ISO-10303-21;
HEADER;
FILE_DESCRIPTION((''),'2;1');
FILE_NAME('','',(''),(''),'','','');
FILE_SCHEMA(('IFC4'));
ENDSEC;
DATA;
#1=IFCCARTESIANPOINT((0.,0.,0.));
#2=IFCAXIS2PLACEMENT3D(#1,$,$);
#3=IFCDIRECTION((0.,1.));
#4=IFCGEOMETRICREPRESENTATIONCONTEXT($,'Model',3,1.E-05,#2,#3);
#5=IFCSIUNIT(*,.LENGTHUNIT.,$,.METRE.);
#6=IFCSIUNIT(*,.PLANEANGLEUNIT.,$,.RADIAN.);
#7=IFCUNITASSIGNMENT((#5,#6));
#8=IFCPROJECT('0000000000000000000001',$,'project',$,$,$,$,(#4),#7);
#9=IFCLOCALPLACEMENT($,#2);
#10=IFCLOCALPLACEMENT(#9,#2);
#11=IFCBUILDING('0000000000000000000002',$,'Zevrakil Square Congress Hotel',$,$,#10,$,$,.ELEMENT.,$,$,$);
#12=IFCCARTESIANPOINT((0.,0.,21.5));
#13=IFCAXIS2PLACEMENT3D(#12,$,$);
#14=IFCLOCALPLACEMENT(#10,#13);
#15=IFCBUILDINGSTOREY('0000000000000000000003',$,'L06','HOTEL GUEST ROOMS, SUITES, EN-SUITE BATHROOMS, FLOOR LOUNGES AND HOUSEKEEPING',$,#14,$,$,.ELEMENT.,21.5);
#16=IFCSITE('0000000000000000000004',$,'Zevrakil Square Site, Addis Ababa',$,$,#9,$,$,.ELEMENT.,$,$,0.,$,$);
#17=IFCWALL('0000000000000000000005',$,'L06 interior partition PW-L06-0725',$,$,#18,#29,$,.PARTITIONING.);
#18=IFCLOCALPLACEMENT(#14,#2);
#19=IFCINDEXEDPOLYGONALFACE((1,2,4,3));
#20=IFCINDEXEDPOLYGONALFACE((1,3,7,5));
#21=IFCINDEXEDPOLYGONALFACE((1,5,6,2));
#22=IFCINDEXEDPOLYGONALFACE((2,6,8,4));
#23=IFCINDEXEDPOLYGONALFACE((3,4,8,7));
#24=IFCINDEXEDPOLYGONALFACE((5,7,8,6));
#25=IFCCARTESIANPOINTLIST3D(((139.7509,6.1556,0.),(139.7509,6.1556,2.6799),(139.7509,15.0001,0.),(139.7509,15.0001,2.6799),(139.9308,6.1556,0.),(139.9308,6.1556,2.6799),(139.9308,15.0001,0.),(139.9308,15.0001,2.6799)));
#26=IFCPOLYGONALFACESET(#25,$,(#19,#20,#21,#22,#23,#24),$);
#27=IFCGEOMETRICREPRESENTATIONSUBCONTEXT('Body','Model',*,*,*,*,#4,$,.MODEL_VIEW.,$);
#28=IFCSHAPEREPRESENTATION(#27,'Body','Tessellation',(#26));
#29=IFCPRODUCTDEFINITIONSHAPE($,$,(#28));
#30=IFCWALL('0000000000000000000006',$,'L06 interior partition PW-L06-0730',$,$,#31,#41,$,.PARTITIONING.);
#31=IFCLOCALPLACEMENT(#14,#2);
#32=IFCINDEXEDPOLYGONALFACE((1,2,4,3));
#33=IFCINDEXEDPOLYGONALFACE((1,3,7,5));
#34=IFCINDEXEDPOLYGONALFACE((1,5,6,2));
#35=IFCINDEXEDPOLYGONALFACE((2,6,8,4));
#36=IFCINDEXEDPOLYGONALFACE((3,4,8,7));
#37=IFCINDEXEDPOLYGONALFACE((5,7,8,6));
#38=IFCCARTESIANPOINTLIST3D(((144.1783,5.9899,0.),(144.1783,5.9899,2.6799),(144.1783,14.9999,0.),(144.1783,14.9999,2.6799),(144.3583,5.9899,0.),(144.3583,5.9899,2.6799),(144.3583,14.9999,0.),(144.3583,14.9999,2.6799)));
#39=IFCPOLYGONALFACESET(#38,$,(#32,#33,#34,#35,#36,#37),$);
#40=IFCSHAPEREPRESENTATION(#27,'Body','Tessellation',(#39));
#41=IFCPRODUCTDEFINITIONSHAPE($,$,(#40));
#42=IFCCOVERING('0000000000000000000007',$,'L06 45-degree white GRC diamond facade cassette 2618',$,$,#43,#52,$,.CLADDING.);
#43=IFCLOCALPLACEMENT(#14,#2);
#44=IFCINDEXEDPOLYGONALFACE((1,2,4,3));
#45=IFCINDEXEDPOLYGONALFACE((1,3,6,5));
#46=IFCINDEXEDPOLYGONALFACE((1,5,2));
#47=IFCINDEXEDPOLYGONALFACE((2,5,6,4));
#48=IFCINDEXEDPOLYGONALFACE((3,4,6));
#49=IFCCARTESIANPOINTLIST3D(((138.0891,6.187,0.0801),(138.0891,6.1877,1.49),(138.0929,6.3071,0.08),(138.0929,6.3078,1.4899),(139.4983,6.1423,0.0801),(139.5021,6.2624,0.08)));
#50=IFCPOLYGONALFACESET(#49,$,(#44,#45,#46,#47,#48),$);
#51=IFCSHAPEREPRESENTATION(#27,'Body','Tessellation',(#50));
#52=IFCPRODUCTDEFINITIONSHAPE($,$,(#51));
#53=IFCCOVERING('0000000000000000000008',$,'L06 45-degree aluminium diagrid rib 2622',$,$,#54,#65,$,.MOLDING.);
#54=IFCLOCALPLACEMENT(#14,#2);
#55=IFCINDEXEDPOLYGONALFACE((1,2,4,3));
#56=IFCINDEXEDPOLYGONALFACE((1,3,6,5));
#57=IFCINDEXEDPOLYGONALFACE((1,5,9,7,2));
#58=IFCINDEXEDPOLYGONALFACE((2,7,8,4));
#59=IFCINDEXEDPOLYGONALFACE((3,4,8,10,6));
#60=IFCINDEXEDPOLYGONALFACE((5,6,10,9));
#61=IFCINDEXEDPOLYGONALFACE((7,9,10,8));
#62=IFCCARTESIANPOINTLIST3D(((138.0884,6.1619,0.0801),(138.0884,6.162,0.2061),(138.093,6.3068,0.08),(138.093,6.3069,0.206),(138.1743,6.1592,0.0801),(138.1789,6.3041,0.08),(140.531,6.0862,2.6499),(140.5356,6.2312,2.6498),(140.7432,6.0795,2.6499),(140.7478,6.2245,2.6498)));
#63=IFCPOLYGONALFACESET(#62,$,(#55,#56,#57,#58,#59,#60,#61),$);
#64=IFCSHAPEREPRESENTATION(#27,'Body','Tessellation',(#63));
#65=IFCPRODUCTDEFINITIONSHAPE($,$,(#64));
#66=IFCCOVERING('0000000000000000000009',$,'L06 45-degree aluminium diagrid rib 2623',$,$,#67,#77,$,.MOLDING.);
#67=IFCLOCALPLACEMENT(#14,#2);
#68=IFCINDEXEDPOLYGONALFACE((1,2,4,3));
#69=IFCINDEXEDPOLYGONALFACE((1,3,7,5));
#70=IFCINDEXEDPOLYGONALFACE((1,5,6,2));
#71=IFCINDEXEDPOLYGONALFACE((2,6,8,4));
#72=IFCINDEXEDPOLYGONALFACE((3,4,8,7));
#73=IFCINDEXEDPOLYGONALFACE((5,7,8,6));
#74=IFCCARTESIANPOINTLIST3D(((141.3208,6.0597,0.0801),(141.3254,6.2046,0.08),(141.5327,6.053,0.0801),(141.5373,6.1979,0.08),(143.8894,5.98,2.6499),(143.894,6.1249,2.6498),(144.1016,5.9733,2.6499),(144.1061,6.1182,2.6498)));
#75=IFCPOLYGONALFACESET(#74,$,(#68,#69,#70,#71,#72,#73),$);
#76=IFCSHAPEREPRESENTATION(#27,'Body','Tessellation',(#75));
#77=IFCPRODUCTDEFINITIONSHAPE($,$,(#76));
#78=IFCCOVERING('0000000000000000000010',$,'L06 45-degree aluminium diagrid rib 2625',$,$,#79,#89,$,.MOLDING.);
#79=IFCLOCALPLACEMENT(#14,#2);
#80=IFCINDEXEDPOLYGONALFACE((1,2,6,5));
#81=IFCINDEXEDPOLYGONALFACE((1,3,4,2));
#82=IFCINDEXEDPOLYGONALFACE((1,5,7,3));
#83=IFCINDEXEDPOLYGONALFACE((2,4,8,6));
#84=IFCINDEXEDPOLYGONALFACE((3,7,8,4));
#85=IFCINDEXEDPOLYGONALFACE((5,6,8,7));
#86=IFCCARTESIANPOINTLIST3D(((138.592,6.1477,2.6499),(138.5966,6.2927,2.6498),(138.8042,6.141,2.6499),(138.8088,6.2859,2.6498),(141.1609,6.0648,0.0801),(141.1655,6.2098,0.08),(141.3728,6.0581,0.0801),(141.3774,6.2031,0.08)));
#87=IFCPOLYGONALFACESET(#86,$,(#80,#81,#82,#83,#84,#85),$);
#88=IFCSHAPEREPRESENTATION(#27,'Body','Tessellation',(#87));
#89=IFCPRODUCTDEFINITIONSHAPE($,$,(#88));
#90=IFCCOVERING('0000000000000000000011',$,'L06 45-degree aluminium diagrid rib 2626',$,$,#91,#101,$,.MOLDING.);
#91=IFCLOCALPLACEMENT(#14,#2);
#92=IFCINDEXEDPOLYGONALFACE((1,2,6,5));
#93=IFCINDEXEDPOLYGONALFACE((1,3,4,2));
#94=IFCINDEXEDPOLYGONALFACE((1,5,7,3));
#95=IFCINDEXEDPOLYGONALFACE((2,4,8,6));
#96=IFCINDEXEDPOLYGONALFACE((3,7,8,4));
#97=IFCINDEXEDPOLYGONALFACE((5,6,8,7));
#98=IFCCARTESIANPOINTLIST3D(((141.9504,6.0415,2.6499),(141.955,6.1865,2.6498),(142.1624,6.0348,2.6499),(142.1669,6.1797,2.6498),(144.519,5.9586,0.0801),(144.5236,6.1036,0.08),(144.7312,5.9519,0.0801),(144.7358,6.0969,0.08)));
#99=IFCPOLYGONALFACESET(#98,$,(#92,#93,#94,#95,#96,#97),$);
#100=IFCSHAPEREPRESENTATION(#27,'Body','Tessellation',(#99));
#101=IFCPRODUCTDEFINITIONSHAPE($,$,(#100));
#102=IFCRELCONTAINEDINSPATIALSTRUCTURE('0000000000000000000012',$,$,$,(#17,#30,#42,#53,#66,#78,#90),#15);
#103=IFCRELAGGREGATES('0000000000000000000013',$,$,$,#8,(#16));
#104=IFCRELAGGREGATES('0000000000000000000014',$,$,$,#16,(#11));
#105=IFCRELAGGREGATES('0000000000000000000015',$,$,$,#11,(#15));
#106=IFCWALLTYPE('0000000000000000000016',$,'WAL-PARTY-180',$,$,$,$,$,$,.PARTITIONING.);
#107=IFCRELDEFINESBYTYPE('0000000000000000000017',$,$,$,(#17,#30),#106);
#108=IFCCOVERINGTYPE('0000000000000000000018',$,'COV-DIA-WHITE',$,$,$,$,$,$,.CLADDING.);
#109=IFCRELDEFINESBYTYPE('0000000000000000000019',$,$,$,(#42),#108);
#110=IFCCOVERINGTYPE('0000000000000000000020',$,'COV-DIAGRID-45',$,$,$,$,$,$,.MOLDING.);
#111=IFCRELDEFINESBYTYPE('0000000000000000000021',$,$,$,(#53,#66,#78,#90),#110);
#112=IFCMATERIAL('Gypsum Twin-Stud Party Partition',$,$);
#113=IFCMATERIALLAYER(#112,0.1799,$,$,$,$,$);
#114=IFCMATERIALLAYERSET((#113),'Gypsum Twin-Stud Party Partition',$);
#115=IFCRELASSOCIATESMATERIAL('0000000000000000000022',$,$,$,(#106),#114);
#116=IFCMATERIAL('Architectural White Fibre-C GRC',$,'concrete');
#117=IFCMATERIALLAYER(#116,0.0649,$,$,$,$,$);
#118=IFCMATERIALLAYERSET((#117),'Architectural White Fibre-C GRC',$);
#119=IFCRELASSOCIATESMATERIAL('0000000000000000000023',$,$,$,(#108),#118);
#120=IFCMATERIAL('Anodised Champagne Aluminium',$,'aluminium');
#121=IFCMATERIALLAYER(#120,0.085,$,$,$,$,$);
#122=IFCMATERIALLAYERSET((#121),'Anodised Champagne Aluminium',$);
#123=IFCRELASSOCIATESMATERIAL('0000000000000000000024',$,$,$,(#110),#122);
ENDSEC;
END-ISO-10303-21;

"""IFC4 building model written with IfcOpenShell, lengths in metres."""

from ifc_helpers import new_model, si_unit, direction, frame, frame_2d, origin, place, context, subcontext, project, spatial, polyline, rectangle, outline, extrude, material, layer, layer_set, type_object, element, save


model = new_model("IFC4")

# Units and contexts
model_context = context("Model", 3, precision=1e-05, world=origin(), true_north=direction((0.0, 1.0)))
body_context = subcontext(model_context, "Body", "Model", "MODEL_VIEW")
ifc_project = project(units=[si_unit("LENGTHUNIT", "METRE"), si_unit("PLANEANGLEUNIT", "RADIAN")], contexts=[model_context])

# Site, building, storey
site_placement = place(None, origin())
site = spatial("IfcSite", under=ifc_project, at=site_placement, Name="Zevrakil Square Site, Addis Ababa", CompositionType="ELEMENT", RefElevation=0.0)
building_placement = place(site_placement, origin())
building = spatial("IfcBuilding", under=site, at=building_placement, Name="Zevrakil Square Congress Hotel", CompositionType="ELEMENT")
storey_placement = place(building_placement, frame((0.0, 0.0, 21.5)))
storey = spatial("IfcBuildingStorey", under=building, at=storey_placement, Name="L06", Description="HOTEL GUEST ROOMS, SUITES, EN-SUITE BATHROOMS, FLOOR LOUNGES AND HOUSEKEEPING", CompositionType="ELEMENT", Elevation=21.5)

# Walls
ifc_material_1 = material(Name="Gypsum Twin-Stud Party Partition")
ifc_layer_1 = layer(ifc_material_1, 0.1799)
ifc_layer_set_1 = layer_set([ifc_layer_1], Name="Gypsum Twin-Stud Party Partition")
wall_type = type_object("IfcWallType", Name="WAL-PARTY-180", PredefinedType="PARTITIONING", material=ifc_layer_set_1)
wall_1_placement = place(storey_placement, frame((139.8408, 6.1555, 0.0), z_axis=(0.0, 0.0, 1.0), x_axis=(0.0, 1.0, 0.0)))
element("IfcWall", 1, at=wall_1_placement, inside=storey, type_object=wall_type, Name="L06 interior partition PW-L06-0725", PredefinedType="PARTITIONING", context=body_context, shape_type="SweptSolid", body=[
    extrude(rectangle(XDim=8.8445, YDim=0.1799, at=frame_2d((4.4224, 0.0))), origin(), (0.0, 0.0, 1.0), 2.6799),
])
wall_2_placement = place(storey_placement, frame((144.2683, 5.99, 0.0), z_axis=(0.0, 0.0, 1.0), x_axis=(0.0, 1.0, 0.0)))
element("IfcWall", 2, at=wall_2_placement, inside=storey, type_object=wall_type, Name="L06 interior partition PW-L06-0730", PredefinedType="PARTITIONING", context=body_context, shape_type="SweptSolid", body=[
    extrude(rectangle(XDim=9.01, YDim=0.1799, at=frame_2d((4.5049, 0.0))), origin(), (0.0, 0.0, 1.0), 2.6799),
])

# Coverings
ifc_material_2 = material(Name="Architectural White Fibre-C GRC", Category="concrete")
ifc_layer_2 = layer(ifc_material_2, 0.0649)
ifc_layer_set_2 = layer_set([ifc_layer_2], Name="Architectural White Fibre-C GRC")
covering_type_1 = type_object("IfcCoveringType", Name="COV-DIA-WHITE", PredefinedType="CLADDING", material=ifc_layer_set_2)
covering_1_placement = place(storey_placement, frame((139.4983, 6.1423, 0.0801), z_axis=(-0.031689, -0.999498, 0.000519), x_axis=(-0.999498, 0.031689, 0.0)))
element("IfcCovering", 3, at=covering_1_placement, inside=storey, type_object=covering_type_1, Name="L06 45-degree white GRC diamond facade cassette 2618", PredefinedType="CLADDING", context=body_context, shape_type="SweptSolid", body=[
    extrude(outline(polyline([(0.0, 0.0), (1.4099, 0.0), (1.4099, -1.4099), (0.0, 0.0)])), origin(), (0.0, 0.0, -1.0), 0.1201),
])
ifc_material_3 = material(Name="Anodised Champagne Aluminium", Category="aluminium")
ifc_layer_3 = layer(ifc_material_3, 0.085)
ifc_layer_set_3 = layer_set([ifc_layer_3], Name="Anodised Champagne Aluminium")
covering_type_2 = type_object("IfcCoveringType", Name="COV-DIAGRID-45", PredefinedType="MOLDING", material=ifc_layer_set_3)
covering_2_placement = place(storey_placement, frame((138.1743, 6.1592, 0.0801), z_axis=(-0.031651, -0.999499, 0.000651), x_axis=(-0.999499, 0.031651, 0.0)))
element("IfcCovering", 4, at=covering_2_placement, inside=storey, type_object=covering_type_2, Name="L06 45-degree aluminium diagrid rib 2622", PredefinedType="MOLDING", context=body_context, shape_type="SweptSolid", body=[
    extrude(outline(polyline([(0.0, 0.0), (0.086, 0.0), (0.086, -0.126), (-2.3578, -2.5698), (-2.5701, -2.5698), (0.0, 0.0)])), origin(), (0.0, 0.0, -1.0), 0.145),
])
covering_3_placement = place(storey_placement, frame((141.5327, 6.053, 0.0801), z_axis=(-0.031648, -0.999499, 0.000632), x_axis=(-0.999499, 0.031648, 0.0)))
element("IfcCovering", 5, at=covering_3_placement, inside=storey, type_object=covering_type_2, Name="L06 45-degree aluminium diagrid rib 2623", PredefinedType="MOLDING", context=body_context, shape_type="SweptSolid", body=[
    extrude(outline(polyline([(0.0, 0.0), (0.212, 0.0), (-2.3578, -2.5698), (-2.5701, -2.5698), (0.0, 0.0)])), origin(), (0.0, 0.0, -1.0), 0.145),
])
covering_4_placement = place(storey_placement, frame((138.592, 6.1477, 2.6499), z_axis=(-0.031648, -0.999499, 0.000603), x_axis=(0.999499, -0.031648, 0.0)))
element("IfcCovering", 6, at=covering_4_placement, inside=storey, type_object=covering_type_2, Name="L06 45-degree aluminium diagrid rib 2625", PredefinedType="MOLDING", context=body_context, shape_type="SweptSolid", body=[
    extrude(outline(polyline([(0.0, 0.0), (0.2123, 0.0), (2.7822, -2.5698), (2.5702, -2.5698), (0.0, 0.0)])), origin(), (0.0, 0.0, -1.0), 0.145),
])
covering_5_placement = place(storey_placement, frame((141.9504, 6.0415, 2.6499), z_axis=(-0.031648, -0.999499, 0.000603), x_axis=(0.999499, -0.031648, 0.0)))
element("IfcCovering", 7, at=covering_5_placement, inside=storey, type_object=covering_type_2, Name="L06 45-degree aluminium diagrid rib 2626", PredefinedType="MOLDING", context=body_context, shape_type="SweptSolid", body=[
    extrude(outline(polyline([(0.0, 0.0), (0.212, 0.0), (2.7822, -2.5698), (2.5699, -2.5698), (0.0, 0.0)])), origin(), (0.0, 0.0, -1.0), 0.145),
])

save(model, "model.ifc")
